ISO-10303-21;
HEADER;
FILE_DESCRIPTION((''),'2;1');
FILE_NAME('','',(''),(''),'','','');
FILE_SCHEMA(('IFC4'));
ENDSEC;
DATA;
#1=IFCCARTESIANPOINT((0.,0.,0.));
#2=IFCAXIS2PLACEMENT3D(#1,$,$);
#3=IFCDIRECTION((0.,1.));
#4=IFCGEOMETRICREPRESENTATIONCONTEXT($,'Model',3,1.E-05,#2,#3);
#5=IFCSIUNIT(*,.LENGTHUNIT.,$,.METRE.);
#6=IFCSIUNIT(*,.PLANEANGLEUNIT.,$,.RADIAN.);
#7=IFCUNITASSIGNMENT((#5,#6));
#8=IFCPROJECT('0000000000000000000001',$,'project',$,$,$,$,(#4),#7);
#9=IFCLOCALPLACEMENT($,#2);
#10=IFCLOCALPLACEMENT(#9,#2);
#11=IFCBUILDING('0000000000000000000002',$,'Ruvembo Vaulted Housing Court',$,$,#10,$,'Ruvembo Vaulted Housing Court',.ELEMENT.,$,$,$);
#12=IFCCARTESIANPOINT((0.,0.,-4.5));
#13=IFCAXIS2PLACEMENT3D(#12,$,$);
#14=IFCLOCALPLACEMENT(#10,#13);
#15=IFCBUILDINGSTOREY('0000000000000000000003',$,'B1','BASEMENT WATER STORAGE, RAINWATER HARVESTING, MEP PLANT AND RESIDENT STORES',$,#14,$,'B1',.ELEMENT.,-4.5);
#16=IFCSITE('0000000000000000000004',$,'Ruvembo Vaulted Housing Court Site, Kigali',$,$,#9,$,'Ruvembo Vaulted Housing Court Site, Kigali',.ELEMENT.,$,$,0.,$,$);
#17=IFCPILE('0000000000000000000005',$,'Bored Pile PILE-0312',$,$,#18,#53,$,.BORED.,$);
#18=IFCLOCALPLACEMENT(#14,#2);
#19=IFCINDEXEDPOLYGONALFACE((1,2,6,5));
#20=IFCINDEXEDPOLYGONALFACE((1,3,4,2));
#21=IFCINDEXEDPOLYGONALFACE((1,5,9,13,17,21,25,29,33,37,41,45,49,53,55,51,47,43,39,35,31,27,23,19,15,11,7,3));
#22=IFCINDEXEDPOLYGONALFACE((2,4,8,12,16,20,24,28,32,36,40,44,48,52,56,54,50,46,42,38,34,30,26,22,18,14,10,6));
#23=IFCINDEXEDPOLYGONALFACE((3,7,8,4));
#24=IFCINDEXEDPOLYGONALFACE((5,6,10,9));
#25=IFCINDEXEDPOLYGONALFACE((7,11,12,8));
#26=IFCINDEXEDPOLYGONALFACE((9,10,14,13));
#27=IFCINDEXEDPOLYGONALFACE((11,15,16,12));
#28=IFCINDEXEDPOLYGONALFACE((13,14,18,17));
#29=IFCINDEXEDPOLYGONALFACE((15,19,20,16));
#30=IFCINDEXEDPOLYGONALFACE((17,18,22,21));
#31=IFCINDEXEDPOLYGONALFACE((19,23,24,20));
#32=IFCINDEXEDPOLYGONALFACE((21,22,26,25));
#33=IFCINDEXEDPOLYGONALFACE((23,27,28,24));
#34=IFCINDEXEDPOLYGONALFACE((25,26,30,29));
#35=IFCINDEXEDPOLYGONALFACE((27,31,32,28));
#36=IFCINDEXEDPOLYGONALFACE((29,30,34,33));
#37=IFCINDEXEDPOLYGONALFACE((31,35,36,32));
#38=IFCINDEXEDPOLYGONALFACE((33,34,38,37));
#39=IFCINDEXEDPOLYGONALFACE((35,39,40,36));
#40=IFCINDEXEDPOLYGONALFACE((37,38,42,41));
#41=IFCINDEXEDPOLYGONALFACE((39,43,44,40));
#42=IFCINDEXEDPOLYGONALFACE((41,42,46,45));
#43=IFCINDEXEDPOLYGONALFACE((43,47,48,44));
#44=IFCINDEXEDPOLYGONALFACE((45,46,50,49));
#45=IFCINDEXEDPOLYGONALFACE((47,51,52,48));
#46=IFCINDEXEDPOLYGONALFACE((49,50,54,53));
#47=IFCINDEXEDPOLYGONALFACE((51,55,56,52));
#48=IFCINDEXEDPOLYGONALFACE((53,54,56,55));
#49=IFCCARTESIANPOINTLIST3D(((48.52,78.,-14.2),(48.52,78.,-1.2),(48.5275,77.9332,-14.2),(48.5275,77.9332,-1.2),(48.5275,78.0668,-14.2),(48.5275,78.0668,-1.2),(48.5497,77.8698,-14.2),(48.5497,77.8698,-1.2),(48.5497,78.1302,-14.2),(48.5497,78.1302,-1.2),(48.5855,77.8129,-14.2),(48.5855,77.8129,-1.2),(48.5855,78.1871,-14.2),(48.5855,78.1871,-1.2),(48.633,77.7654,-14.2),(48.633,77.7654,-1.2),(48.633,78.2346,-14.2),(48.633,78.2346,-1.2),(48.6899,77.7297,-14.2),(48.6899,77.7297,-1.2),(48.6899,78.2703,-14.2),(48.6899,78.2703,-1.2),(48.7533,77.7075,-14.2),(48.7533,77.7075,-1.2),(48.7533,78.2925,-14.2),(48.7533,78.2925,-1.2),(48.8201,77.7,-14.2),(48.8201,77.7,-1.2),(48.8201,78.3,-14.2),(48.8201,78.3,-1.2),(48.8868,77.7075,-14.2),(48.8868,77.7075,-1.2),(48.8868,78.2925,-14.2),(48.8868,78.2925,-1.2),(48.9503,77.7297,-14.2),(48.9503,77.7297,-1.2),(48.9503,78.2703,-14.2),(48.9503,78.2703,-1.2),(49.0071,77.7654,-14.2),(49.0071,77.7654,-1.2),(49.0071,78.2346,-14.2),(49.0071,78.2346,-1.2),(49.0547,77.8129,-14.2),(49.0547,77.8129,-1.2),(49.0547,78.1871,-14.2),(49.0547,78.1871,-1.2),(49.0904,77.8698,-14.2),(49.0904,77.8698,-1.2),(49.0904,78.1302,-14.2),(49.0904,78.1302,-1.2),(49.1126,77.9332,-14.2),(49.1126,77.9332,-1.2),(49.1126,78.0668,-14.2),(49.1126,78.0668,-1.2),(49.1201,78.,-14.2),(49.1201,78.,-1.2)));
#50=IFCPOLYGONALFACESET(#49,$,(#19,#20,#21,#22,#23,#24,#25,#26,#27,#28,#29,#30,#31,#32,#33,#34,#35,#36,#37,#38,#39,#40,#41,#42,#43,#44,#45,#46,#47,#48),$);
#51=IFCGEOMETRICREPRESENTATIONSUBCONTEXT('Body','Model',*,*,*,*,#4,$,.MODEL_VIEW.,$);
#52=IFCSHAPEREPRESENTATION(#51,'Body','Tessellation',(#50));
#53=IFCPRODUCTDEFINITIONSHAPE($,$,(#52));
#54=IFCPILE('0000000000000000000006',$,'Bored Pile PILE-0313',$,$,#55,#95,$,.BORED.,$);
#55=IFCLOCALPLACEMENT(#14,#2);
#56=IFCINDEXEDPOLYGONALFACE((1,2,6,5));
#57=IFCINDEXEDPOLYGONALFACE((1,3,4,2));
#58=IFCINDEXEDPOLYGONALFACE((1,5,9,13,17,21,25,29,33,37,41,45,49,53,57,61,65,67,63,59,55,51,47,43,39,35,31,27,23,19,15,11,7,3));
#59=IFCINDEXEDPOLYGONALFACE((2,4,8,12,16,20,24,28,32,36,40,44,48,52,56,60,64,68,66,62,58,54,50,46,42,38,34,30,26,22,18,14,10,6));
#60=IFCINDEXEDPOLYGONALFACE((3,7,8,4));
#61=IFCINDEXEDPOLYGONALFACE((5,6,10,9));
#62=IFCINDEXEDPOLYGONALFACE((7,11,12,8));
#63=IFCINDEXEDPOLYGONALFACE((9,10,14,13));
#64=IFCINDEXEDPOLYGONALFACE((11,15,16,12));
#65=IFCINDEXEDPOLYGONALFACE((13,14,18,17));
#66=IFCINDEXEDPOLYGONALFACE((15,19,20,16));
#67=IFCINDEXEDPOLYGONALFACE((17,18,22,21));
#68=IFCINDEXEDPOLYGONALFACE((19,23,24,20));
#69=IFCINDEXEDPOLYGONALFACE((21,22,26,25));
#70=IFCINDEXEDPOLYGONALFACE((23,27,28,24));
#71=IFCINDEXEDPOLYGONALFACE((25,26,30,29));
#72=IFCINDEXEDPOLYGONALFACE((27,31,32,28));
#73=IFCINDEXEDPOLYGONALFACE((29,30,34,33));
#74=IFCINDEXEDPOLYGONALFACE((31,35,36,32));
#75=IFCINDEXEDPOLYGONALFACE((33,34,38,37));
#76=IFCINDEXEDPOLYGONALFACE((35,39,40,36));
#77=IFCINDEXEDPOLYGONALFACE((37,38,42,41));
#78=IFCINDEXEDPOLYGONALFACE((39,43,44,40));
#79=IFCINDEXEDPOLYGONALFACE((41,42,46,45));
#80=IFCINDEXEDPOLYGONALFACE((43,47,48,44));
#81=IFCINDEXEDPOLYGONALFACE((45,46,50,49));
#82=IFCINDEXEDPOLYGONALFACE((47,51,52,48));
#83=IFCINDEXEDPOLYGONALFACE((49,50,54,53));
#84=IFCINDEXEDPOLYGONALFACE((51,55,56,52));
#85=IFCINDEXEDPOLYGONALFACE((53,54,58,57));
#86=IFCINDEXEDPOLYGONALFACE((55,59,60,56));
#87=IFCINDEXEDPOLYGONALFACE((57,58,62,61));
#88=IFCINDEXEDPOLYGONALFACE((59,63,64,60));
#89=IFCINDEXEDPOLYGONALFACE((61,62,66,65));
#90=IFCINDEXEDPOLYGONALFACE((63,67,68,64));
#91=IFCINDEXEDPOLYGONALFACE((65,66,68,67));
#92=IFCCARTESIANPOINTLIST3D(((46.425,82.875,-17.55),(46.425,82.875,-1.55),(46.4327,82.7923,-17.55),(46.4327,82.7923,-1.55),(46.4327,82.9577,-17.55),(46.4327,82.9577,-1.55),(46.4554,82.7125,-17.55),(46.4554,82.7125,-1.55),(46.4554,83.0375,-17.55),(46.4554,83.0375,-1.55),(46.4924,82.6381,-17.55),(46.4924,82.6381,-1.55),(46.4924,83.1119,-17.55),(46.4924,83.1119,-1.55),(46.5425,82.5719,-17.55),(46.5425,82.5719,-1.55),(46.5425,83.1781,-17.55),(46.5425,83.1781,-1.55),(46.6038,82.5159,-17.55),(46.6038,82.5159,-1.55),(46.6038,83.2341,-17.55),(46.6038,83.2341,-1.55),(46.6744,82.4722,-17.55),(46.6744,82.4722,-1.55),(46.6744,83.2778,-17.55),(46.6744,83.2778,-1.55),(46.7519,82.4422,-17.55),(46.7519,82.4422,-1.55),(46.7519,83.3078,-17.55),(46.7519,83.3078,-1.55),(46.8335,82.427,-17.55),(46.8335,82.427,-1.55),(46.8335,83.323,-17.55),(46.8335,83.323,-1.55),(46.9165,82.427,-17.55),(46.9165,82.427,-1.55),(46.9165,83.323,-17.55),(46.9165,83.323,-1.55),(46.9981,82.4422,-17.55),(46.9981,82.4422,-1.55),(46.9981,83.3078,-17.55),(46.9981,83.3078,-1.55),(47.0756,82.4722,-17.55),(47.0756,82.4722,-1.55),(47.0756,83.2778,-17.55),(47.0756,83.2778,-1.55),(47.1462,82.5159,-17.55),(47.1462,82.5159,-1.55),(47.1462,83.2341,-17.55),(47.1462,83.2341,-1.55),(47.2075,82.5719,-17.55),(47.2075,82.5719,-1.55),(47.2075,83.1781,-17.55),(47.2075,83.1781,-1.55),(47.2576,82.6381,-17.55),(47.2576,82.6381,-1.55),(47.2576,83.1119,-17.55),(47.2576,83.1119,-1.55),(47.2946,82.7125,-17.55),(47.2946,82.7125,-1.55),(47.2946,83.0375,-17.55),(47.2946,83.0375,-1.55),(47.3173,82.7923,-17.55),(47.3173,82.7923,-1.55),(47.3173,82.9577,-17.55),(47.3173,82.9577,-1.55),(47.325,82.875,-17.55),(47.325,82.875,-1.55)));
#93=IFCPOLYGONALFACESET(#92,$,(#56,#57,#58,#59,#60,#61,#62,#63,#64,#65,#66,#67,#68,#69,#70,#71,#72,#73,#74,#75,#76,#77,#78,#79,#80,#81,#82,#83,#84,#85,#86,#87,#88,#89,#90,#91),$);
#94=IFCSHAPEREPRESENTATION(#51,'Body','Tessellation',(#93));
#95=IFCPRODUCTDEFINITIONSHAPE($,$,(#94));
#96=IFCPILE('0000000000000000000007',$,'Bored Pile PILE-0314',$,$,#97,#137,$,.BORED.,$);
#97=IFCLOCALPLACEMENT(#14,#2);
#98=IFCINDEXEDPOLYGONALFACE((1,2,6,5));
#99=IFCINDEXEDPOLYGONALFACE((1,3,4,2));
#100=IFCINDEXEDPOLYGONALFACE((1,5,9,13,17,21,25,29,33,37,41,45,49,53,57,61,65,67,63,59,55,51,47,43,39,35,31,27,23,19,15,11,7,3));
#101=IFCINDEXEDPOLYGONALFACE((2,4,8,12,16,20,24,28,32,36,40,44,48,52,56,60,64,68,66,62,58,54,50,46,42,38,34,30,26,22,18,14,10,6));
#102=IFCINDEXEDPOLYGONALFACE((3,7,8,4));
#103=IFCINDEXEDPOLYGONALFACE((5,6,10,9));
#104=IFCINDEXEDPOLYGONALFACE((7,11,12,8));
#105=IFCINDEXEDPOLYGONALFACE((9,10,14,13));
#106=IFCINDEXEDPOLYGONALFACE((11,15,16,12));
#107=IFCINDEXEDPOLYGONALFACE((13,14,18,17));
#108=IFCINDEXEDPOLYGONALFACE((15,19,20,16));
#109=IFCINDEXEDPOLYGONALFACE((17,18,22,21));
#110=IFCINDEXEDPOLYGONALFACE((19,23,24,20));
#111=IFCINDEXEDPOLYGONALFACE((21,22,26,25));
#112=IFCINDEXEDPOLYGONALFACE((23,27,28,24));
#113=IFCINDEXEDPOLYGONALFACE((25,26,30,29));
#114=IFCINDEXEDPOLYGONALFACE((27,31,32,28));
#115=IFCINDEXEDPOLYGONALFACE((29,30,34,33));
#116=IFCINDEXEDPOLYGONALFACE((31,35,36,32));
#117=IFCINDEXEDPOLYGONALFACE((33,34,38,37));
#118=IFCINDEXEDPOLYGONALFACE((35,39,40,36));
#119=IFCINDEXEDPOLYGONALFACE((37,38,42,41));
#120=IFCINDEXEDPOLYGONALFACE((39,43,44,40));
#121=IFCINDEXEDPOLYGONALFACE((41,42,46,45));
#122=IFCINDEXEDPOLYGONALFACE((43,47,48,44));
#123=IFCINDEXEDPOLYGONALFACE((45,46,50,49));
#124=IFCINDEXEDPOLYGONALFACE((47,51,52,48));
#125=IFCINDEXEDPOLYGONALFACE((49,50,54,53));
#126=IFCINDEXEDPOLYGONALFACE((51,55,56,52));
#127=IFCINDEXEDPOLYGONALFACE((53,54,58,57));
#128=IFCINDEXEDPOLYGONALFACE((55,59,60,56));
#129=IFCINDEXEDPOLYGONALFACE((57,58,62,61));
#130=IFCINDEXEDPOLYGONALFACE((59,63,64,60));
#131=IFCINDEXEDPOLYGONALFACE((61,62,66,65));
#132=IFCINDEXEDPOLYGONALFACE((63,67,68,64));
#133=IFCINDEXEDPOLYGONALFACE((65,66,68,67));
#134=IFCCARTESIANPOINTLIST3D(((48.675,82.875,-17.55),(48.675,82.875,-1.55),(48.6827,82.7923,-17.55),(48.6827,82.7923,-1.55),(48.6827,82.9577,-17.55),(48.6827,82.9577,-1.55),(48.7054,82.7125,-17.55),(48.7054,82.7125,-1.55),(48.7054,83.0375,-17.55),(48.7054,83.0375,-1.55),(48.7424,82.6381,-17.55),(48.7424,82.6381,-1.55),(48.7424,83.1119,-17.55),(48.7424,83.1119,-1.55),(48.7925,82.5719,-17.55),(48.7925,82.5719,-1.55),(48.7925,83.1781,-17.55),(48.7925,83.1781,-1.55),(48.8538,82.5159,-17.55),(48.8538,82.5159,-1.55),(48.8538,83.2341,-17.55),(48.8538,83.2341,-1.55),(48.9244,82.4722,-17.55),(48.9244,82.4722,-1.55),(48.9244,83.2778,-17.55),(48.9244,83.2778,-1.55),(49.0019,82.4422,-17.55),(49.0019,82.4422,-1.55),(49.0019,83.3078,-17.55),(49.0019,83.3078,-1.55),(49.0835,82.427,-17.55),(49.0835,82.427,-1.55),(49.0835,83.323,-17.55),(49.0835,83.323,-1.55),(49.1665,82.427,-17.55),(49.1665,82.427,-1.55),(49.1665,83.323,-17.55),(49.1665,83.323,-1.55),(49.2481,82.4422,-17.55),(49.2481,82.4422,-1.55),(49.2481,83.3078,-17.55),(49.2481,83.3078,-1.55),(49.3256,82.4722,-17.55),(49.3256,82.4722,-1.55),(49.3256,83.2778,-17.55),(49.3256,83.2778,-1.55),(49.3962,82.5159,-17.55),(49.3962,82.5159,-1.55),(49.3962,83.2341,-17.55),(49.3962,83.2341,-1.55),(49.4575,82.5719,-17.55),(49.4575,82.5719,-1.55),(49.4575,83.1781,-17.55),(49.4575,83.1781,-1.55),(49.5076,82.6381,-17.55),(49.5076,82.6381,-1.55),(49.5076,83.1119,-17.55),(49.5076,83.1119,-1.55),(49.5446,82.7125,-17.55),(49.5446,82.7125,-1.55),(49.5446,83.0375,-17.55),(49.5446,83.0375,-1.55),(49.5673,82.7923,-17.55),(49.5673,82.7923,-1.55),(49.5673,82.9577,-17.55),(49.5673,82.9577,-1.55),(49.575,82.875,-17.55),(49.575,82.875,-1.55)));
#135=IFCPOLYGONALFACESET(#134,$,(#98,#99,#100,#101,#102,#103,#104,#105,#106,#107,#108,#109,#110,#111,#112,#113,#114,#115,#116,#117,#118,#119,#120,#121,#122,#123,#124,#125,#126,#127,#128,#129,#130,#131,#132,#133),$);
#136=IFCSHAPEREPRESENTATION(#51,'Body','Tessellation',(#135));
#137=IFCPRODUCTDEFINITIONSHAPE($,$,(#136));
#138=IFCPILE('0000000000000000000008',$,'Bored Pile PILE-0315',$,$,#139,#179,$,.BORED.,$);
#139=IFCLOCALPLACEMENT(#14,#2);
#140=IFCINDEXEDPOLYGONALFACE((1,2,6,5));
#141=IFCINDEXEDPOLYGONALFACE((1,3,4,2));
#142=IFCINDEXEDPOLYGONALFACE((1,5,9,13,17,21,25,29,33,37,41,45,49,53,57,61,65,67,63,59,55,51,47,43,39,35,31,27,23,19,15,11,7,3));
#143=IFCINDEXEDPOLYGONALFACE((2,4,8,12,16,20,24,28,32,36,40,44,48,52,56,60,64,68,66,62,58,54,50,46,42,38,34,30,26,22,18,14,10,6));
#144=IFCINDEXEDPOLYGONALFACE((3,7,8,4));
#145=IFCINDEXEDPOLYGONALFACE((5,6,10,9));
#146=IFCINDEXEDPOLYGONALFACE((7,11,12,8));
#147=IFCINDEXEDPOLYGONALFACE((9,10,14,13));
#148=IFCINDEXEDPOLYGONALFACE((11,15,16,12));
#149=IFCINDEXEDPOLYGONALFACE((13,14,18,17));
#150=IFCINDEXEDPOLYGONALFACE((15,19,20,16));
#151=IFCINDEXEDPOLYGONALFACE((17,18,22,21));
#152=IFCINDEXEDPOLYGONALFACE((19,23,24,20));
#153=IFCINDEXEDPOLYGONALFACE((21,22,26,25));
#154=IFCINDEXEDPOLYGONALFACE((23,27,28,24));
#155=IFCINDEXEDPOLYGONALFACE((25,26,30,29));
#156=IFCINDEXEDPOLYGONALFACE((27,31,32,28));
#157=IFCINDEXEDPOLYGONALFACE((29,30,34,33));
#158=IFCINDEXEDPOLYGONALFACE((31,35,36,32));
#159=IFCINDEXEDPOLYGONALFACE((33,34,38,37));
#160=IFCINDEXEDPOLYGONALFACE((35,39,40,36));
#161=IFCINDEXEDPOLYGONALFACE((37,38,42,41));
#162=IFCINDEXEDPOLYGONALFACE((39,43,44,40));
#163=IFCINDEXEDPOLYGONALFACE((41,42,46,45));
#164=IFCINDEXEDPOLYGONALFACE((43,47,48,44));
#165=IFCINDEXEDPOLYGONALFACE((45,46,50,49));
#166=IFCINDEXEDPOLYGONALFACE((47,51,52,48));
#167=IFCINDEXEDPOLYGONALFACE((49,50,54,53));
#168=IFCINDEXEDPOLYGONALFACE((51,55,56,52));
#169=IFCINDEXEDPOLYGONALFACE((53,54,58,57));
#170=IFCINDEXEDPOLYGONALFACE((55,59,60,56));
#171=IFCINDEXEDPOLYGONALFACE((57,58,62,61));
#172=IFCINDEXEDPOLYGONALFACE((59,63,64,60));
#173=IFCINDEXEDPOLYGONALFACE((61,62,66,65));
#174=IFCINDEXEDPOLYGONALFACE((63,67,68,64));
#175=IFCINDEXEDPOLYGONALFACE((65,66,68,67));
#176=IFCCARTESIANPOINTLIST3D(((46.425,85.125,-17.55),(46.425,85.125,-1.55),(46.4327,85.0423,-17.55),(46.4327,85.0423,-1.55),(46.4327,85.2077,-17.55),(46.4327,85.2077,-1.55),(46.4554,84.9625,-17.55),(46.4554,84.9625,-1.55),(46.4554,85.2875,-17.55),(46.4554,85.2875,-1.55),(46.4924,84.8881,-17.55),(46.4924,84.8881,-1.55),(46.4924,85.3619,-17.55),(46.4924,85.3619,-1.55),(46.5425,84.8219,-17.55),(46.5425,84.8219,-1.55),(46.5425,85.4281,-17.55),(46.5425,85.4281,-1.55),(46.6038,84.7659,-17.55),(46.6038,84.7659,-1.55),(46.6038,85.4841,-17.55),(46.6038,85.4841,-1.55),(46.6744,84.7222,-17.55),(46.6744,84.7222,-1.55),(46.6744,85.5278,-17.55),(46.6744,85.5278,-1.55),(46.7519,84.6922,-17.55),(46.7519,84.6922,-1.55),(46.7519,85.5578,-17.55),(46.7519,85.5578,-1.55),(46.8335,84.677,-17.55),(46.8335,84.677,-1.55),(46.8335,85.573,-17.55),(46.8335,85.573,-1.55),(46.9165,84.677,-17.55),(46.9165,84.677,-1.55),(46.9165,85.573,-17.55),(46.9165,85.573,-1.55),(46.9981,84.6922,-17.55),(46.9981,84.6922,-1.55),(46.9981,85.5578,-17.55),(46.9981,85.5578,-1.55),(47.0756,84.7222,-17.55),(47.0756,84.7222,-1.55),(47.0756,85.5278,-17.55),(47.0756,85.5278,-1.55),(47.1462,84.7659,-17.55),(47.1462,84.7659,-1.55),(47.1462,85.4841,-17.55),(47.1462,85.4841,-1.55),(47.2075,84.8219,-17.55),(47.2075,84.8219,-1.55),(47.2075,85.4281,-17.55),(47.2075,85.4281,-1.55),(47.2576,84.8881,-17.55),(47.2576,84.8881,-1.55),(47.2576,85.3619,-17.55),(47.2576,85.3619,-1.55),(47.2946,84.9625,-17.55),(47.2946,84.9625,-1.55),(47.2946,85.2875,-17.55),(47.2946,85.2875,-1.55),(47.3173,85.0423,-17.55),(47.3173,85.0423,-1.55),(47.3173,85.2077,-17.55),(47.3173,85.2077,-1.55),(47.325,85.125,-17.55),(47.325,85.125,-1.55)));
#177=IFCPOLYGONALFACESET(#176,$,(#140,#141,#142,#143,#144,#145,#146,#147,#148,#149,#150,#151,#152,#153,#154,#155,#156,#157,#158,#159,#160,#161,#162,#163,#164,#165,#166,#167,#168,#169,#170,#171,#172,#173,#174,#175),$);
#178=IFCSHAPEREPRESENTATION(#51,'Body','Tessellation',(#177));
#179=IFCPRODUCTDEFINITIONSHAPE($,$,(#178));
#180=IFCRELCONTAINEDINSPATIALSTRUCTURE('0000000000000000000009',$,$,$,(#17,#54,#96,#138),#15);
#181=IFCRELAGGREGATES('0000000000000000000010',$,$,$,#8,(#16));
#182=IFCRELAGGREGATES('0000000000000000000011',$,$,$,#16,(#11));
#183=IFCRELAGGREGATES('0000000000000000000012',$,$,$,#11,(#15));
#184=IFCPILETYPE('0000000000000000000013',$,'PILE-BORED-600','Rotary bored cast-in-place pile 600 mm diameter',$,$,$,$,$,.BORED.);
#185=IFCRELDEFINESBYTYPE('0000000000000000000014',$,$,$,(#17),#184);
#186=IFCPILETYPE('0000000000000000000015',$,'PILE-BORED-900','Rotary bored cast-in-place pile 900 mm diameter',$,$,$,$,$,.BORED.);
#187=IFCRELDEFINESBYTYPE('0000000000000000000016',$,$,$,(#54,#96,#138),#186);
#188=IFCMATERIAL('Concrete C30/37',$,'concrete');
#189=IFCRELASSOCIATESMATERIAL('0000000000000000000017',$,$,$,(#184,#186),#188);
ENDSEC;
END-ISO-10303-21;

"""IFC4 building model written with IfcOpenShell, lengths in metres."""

from ifc_helpers import new_model, si_unit, direction, frame, origin, origin_2d, place, context, subcontext, project, spatial, circle, extrude, material, material_profile, profile_set, type_object, element, save


model = new_model("IFC4")

# Units and contexts
model_context = context("Model", 3, precision=1e-05, world=origin(), true_north=direction((0.0, 1.0)))
body_context = subcontext(model_context, "Body", "Model", "MODEL_VIEW")
ifc_project = project(units=[si_unit("LENGTHUNIT", "METRE"), si_unit("PLANEANGLEUNIT", "RADIAN")], contexts=[model_context])

# Site, building, storey
site_placement = place(None, origin())
site = spatial("IfcSite", under=ifc_project, at=site_placement, Name="Ruvembo Vaulted Housing Court Site, Kigali", LongName="Ruvembo Vaulted Housing Court Site, Kigali", CompositionType="ELEMENT", RefElevation=0.0)
building_placement = place(site_placement, origin())
building = spatial("IfcBuilding", under=site, at=building_placement, Name="Ruvembo Vaulted Housing Court", LongName="Ruvembo Vaulted Housing Court", CompositionType="ELEMENT")
storey_placement = place(building_placement, frame((0.0, 0.0, -4.5)))
storey = spatial("IfcBuildingStorey", under=building, at=storey_placement, Name="B1", Description="BASEMENT WATER STORAGE, RAINWATER HARVESTING, MEP PLANT AND RESIDENT STORES", LongName="B1", CompositionType="ELEMENT", Elevation=-4.5)

# Piles
ifc_material_1 = material(Name="Concrete C30/37", Category="concrete")
ifc_material_profile_1 = material_profile(ifc_material_1, circle(Radius=0.3, at=origin_2d()), Name="PILE D600")
ifc_profile_set_1 = profile_set([ifc_material_profile_1], Name="Concrete C30/37")
pile_type_1 = type_object("IfcPileType", Name="PILE-BORED-600", Description="Rotary bored cast-in-place pile 600 mm diameter", PredefinedType="BORED", material=ifc_profile_set_1)
for number, where, z_axis, x_axis, name in (
    (1, (48.8201, 78.0, -1.2), (0.0, 0.0, -1.0), (1.0, 0.0, 0.0), "Bored Pile PILE-0312"),
):
    element("IfcPile", number, at=place(storey_placement, frame(where, z_axis=z_axis, x_axis=x_axis)), inside=storey, type_object=pile_type_1, Name=name, PredefinedType="BORED", context=body_context, shape_type="SweptSolid", body=[
        extrude(circle(Radius=0.3, at=origin_2d()), origin(), (0.0, 0.0, 1.0), 13.0),
    ])
ifc_material_profile_2 = material_profile(ifc_material_1, circle(Radius=0.45, at=origin_2d()), Name="PILE D900")
ifc_profile_set_2 = profile_set([ifc_material_profile_2], Name="Concrete C30/37")
pile_type_2 = type_object("IfcPileType", Name="PILE-BORED-900", Description="Rotary bored cast-in-place pile 900 mm diameter", PredefinedType="BORED", material=ifc_profile_set_2)
for number, where, z_axis, x_axis, name in (
    (2, (46.875, 82.875, -1.55), (0.0, 0.0, -1.0), (1.0, 0.0, 0.0), "Bored Pile PILE-0313"),
    (3, (49.125, 82.875, -1.55), (0.0, 0.0, -1.0), (1.0, 0.0, 0.0), "Bored Pile PILE-0314"),
    (4, (46.875, 85.125, -1.55), (0.0, 0.0, -1.0), (1.0, 0.0, 0.0), "Bored Pile PILE-0315"),
):
    element("IfcPile", number, at=place(storey_placement, frame(where, z_axis=z_axis, x_axis=x_axis)), inside=storey, type_object=pile_type_2, Name=name, PredefinedType="BORED", context=body_context, shape_type="SweptSolid", body=[
        extrude(circle(Radius=0.45, at=origin_2d()), origin(), (0.0, 0.0, 1.0), 16.0),
    ])

save(model, "model.ifc")
